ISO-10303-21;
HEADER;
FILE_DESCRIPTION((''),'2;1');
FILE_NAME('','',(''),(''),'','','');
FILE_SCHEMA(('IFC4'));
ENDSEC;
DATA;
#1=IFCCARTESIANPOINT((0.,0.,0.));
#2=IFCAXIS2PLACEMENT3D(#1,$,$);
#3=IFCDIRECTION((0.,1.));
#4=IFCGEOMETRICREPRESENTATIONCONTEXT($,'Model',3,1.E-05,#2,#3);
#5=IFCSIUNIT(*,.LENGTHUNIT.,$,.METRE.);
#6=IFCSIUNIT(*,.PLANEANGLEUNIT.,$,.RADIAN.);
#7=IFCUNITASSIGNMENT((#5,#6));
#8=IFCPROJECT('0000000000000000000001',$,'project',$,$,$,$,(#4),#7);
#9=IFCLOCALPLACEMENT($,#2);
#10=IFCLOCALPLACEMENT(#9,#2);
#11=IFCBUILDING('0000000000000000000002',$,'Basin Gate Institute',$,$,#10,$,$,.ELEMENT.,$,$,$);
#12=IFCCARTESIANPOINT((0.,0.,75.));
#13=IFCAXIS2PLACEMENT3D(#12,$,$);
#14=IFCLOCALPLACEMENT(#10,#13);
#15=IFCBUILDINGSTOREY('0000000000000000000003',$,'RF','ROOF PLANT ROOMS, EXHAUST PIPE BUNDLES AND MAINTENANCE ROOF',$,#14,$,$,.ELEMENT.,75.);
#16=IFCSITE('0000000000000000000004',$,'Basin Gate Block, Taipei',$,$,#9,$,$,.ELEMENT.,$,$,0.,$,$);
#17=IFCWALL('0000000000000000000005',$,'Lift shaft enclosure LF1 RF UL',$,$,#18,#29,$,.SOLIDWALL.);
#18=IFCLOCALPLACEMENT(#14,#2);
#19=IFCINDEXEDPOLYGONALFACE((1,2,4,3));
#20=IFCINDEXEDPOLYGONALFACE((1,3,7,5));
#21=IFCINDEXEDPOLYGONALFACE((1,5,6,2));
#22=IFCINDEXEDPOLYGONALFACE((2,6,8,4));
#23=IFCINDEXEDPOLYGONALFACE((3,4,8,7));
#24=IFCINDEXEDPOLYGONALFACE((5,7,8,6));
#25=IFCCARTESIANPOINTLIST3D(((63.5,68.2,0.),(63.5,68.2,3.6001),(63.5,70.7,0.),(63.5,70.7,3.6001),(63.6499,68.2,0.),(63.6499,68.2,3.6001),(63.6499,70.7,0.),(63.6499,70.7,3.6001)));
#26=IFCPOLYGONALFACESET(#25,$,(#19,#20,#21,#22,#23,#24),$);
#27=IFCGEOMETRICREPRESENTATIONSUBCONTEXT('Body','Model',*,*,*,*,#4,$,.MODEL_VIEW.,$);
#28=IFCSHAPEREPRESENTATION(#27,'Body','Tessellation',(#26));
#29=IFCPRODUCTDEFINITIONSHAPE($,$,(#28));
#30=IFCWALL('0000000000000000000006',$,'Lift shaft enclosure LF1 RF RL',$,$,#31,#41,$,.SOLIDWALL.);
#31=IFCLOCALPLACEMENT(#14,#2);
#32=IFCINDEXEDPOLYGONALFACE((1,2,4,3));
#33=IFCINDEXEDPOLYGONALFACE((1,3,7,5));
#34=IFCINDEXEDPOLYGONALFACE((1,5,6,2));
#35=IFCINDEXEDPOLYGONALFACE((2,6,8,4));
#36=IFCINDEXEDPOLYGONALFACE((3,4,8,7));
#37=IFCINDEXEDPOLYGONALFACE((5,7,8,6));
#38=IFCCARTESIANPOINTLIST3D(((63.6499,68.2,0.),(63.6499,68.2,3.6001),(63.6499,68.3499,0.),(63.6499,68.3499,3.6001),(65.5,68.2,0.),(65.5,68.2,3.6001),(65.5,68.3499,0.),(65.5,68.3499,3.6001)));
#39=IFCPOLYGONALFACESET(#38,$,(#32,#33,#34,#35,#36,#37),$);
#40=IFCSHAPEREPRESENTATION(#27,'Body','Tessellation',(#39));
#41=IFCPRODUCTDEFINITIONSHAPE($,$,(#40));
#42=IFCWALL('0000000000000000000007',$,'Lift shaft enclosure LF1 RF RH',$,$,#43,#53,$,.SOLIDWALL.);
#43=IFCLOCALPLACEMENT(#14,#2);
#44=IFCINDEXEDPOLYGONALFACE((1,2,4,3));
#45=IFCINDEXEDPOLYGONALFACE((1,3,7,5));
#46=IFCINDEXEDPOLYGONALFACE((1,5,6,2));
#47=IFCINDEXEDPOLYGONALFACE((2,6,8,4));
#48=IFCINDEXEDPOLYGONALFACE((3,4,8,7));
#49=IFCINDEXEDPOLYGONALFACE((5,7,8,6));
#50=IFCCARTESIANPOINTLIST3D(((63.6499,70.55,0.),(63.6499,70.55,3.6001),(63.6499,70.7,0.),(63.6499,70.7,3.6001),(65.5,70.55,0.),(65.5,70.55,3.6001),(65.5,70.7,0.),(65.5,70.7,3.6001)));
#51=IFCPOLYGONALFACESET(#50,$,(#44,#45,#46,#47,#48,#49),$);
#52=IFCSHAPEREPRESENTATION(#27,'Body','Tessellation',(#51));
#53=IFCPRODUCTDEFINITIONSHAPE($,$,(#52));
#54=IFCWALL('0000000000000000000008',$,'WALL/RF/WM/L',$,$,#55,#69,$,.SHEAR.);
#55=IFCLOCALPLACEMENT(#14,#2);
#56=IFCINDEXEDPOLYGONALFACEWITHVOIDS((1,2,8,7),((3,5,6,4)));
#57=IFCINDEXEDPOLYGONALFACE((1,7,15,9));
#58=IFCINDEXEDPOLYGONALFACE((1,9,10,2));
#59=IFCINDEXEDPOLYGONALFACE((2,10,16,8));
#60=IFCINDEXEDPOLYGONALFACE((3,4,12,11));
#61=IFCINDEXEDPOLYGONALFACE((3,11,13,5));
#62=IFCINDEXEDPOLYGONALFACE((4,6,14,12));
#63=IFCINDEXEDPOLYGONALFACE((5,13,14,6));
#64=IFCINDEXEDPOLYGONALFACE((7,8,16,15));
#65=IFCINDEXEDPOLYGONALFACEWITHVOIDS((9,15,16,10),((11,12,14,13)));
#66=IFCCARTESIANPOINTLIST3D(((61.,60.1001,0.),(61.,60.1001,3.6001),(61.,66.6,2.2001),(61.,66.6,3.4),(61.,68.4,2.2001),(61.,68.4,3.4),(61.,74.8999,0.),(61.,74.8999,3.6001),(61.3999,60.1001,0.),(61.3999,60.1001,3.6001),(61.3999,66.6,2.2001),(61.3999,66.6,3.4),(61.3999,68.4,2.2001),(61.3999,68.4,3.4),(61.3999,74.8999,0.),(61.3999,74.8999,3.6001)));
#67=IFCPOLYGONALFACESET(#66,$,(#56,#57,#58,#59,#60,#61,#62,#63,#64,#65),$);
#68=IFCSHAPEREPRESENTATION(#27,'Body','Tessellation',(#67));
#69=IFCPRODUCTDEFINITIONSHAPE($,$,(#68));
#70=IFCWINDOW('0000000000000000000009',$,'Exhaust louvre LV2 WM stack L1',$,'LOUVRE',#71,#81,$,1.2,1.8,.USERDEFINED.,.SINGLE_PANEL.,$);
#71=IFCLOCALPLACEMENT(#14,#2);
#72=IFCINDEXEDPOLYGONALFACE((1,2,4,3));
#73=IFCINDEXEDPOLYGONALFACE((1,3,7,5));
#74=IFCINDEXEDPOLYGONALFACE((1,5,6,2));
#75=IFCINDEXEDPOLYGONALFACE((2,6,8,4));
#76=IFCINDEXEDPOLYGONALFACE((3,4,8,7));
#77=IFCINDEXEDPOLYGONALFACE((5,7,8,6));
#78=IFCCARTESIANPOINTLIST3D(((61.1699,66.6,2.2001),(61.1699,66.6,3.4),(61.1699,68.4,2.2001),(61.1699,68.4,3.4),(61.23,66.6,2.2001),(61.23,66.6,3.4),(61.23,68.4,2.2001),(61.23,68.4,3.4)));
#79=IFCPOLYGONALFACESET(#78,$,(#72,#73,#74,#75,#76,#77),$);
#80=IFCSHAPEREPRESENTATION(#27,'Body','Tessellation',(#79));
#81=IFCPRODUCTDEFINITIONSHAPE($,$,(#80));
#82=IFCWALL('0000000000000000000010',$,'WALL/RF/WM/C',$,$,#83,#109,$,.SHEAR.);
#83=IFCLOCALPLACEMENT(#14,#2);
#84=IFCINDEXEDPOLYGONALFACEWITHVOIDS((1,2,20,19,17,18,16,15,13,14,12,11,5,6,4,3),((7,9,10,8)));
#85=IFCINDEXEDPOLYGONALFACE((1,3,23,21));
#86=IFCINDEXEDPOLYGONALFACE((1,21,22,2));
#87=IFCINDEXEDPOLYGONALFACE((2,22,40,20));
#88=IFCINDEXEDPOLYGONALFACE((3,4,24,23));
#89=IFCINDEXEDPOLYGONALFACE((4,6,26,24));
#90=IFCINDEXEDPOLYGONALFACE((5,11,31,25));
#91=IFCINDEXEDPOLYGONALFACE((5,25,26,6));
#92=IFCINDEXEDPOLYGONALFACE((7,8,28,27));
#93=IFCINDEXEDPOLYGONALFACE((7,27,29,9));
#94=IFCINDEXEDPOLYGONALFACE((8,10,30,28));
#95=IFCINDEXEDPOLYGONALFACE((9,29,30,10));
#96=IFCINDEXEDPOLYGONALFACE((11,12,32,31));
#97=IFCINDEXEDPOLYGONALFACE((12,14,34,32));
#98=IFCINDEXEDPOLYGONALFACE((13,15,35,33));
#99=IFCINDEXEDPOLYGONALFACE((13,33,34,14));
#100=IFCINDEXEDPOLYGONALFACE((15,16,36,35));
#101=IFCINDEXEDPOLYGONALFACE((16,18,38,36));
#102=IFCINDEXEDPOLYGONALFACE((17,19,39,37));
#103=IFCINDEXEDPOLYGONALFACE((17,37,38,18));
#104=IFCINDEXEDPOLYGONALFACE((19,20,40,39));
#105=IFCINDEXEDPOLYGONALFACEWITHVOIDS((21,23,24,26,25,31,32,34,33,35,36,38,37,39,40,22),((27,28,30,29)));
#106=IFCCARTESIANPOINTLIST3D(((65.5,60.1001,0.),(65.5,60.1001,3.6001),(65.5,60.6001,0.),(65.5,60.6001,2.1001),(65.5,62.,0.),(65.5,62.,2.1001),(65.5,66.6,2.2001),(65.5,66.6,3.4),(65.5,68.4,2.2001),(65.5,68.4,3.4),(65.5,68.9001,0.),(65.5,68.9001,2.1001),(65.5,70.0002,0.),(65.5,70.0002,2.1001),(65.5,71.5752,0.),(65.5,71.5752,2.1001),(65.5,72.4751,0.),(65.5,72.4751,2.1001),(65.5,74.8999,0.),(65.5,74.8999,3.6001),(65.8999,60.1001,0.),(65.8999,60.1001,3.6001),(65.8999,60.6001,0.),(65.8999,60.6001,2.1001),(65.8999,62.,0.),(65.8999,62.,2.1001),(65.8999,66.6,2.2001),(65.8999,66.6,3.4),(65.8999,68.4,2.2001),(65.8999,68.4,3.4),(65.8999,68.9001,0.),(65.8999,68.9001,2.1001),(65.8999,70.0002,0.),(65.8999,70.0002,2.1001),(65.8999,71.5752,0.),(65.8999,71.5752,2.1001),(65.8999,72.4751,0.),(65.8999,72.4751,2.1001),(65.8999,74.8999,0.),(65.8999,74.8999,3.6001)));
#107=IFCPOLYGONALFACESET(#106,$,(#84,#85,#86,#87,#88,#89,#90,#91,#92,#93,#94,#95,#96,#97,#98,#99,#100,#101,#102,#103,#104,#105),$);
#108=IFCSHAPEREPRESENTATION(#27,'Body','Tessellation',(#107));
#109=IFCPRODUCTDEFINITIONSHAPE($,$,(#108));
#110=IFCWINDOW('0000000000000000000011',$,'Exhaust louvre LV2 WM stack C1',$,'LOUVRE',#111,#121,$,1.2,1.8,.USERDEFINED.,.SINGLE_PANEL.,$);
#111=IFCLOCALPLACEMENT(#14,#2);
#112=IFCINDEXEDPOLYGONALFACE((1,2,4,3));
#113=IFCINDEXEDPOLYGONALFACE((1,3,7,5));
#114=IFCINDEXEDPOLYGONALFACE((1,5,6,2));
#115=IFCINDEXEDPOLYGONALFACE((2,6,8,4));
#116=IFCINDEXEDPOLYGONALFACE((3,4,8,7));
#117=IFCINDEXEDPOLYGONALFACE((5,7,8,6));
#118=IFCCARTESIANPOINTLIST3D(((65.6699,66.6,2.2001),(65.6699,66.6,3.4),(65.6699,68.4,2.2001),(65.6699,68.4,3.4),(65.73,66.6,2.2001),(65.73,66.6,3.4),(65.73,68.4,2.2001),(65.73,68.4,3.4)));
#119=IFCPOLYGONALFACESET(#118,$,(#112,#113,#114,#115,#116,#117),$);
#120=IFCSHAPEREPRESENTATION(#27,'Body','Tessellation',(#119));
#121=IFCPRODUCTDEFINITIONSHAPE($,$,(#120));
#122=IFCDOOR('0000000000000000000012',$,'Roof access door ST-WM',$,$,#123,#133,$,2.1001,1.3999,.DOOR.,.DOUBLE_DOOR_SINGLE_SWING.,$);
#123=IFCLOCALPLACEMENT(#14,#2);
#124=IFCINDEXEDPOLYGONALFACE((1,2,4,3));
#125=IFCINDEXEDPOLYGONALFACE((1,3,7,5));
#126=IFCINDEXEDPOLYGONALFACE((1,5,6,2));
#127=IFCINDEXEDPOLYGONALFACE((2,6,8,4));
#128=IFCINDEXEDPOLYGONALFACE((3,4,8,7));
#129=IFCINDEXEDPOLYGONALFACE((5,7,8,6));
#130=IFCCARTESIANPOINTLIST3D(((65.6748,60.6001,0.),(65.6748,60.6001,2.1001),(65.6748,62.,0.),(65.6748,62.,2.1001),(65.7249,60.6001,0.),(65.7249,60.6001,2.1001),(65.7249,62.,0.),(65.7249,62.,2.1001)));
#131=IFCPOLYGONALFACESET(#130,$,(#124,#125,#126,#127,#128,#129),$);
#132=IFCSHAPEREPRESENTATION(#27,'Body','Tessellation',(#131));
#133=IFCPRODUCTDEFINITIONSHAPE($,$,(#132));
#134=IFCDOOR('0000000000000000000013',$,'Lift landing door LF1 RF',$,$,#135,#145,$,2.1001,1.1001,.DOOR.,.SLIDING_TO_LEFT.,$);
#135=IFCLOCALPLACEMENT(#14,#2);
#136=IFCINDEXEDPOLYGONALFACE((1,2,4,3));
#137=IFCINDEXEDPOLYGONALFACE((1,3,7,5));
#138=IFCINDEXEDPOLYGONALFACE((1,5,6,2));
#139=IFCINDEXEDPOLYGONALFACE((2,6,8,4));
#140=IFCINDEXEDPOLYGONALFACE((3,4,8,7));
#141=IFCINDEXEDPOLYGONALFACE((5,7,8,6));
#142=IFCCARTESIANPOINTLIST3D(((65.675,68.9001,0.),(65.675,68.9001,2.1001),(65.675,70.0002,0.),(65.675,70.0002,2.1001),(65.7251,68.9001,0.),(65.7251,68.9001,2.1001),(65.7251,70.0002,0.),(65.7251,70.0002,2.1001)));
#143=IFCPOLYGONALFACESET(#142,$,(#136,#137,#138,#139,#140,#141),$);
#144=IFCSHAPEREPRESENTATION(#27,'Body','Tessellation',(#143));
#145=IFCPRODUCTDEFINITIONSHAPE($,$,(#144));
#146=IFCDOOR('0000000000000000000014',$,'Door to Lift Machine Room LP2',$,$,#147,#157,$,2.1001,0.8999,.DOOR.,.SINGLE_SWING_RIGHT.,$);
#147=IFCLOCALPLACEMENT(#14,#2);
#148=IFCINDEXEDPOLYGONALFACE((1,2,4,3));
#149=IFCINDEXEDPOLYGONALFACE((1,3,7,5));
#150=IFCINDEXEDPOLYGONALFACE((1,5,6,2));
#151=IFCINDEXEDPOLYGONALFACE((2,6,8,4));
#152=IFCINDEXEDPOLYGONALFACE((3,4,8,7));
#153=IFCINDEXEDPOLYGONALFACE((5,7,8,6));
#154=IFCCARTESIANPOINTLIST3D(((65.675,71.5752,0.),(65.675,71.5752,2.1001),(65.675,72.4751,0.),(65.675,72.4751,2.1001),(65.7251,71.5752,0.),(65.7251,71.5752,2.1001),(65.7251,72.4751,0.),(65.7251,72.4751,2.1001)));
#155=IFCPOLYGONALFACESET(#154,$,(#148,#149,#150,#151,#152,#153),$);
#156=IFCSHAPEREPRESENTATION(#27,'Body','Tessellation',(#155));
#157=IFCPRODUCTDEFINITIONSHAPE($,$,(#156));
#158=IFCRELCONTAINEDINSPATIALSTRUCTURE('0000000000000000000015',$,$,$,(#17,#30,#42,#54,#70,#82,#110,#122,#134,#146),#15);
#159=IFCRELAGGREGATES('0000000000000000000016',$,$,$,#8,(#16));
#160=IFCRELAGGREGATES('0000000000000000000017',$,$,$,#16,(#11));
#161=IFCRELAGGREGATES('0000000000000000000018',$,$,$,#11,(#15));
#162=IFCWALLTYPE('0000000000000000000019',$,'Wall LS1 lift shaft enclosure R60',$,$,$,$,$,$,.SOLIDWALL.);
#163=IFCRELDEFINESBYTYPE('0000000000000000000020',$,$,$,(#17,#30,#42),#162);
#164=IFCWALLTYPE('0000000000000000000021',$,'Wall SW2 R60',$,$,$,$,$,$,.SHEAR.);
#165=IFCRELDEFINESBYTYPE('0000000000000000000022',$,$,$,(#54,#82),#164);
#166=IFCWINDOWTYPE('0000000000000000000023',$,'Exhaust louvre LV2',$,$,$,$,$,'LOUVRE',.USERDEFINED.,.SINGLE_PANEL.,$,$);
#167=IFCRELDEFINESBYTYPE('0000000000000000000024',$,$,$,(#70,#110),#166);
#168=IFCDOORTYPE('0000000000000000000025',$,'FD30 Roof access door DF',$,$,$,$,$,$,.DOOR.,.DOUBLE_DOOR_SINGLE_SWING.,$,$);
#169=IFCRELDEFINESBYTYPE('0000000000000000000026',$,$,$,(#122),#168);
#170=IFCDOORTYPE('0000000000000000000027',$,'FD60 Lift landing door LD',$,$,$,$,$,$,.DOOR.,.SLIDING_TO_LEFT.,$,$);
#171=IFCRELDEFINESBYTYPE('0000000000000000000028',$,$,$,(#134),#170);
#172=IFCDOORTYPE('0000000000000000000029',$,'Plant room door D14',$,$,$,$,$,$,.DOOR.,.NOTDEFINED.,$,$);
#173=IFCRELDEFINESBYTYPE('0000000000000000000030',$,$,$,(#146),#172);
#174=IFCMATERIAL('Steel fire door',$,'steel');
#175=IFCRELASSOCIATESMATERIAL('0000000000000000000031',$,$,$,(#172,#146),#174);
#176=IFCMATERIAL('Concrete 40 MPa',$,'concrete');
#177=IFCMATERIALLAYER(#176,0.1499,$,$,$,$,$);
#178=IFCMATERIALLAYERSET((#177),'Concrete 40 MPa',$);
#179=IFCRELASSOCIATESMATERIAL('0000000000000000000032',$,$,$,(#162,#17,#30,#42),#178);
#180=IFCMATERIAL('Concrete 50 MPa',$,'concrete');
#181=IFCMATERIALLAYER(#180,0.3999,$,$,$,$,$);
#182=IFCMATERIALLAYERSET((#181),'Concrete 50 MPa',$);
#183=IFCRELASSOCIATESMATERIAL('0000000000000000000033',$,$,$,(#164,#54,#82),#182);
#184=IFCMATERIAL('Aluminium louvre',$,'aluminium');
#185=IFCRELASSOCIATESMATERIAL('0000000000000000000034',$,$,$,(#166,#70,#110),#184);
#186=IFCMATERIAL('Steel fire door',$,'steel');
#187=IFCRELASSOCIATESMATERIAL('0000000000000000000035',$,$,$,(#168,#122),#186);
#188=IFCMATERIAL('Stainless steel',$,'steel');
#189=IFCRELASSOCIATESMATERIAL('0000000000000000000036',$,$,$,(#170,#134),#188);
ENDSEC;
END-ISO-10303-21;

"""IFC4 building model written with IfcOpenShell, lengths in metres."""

from ifc_helpers import new_model, si_unit, direction, frame, frame_2d, origin, place, context, subcontext, project, spatial, rectangle, extrude, material, layer, layer_set, type_object, element, fill, save


model = new_model("IFC4")

# Units and contexts
model_context = context("Model", 3, precision=1e-05, world=origin(), true_north=direction((0.0, 1.0)))
body_context = subcontext(model_context, "Body", "Model", "MODEL_VIEW")
ifc_project = project(units=[si_unit("LENGTHUNIT", "METRE"), si_unit("PLANEANGLEUNIT", "RADIAN")], contexts=[model_context])

# Site, building, storey
site_placement = place(None, origin())
site = spatial("IfcSite", under=ifc_project, at=site_placement, Name="Basin Gate Block, Taipei", CompositionType="ELEMENT", RefElevation=0.0)
building_placement = place(site_placement, origin())
building = spatial("IfcBuilding", under=site, at=building_placement, Name="Basin Gate Institute", CompositionType="ELEMENT")
storey_placement = place(building_placement, frame((0.0, 0.0, 75.0)))
storey = spatial("IfcBuildingStorey", under=building, at=storey_placement, Name="RF", Description="ROOF PLANT ROOMS, EXHAUST PIPE BUNDLES AND MAINTENANCE ROOF", CompositionType="ELEMENT", Elevation=75.0)

# Shared definitions
ifc_material_1 = material(Name="Steel fire door", Category="steel")
door_type_1 = type_object("IfcDoorType", Name="Plant room door D14", OperationType="NOTDEFINED", PredefinedType="DOOR", material=ifc_material_1)

# Walls
ifc_material_2 = material(Name="Concrete 40 MPa", Category="concrete")
ifc_layer_1 = layer(ifc_material_2, 0.1499)
ifc_layer_set_1 = layer_set([ifc_layer_1], Name="Concrete 40 MPa")
wall_type_1 = type_object("IfcWallType", Name="Wall LS1 lift shaft enclosure R60", PredefinedType="SOLIDWALL", material=ifc_layer_set_1)
wall_1_placement = place(storey_placement, frame((63.575, 68.2, 0.0), z_axis=(0.0, 0.0, 1.0), x_axis=(0.0, 1.0, 0.0)))
element("IfcWall", 1, at=wall_1_placement, inside=storey, type_object=wall_type_1, material=ifc_layer_set_1, Name="Lift shaft enclosure LF1 RF UL", PredefinedType="SOLIDWALL", context=body_context, shape_type="SweptSolid", body=[
    extrude(rectangle(XDim=2.5, YDim=0.1499, at=frame_2d((1.25, 0.0))), origin(), (0.0, 0.0, 1.0), 3.6001),
])
for number, where, z_axis, x_axis, name in (
    (2, (63.6499, 68.2749, 0.0), (0.0, 0.0, 1.0), (1.0, 0.0, 0.0), "Lift shaft enclosure LF1 RF RL"),
    (3, (63.6499, 70.625, 0.0), (0.0, 0.0, 1.0), (1.0, 0.0, 0.0), "Lift shaft enclosure LF1 RF RH"),
):
    element("IfcWall", number, at=place(storey_placement, frame(where, z_axis=z_axis, x_axis=x_axis)), inside=storey, type_object=wall_type_1, material=ifc_layer_set_1, Name=name, PredefinedType="SOLIDWALL", context=body_context, shape_type="SweptSolid", body=[
        extrude(rectangle(XDim=1.8501, YDim=0.1499, at=frame_2d((0.925, 0.0))), origin(), (0.0, 0.0, 1.0), 3.6001),
    ])

# Wall, opening, window
ifc_material_3 = material(Name="Concrete 50 MPa", Category="concrete")
ifc_layer_2 = layer(ifc_material_3, 0.3999)
ifc_layer_set_2 = layer_set([ifc_layer_2], Name="Concrete 50 MPa")
wall_type_2 = type_object("IfcWallType", Name="Wall SW2 R60", PredefinedType="SHEAR", material=ifc_layer_set_2)
wall_2_placement = place(storey_placement, frame((61.2, 60.1001, 0.0), z_axis=(0.0, 0.0, 1.0), x_axis=(0.0, 1.0, 0.0)))
wall_2 = element("IfcWall", 4, at=wall_2_placement, inside=storey, type_object=wall_type_2, material=ifc_layer_set_2, Name="WALL/RF/WM/L", PredefinedType="SHEAR", context=body_context, shape_type="SweptSolid", body=[
    extrude(rectangle(XDim=14.7998, YDim=0.3999, at=frame_2d((7.3999, 0.0))), origin(), (0.0, 0.0, 1.0), 3.6001),
])
opening_1_placement = place(wall_2_placement, frame((6.5, 0.0, 2.2)))
opening_1 = element("IfcOpeningElement", 5, at=opening_1_placement, cuts=wall_2, PredefinedType="OPENING", context=body_context, shape_type="SweptSolid", body=[
    extrude(rectangle(XDim=1.8, YDim=1.2, at=frame_2d((0.8999, 0.6001))), frame((0.0, 0.21, 0.0), z_axis=(0.0, -1.0, 0.0), x_axis=(1.0, 0.0, 0.0)), (0.0, 0.0, 1.0), 0.4199),
])
ifc_material_4 = material(Name="Aluminium louvre", Category="aluminium")
window_type = type_object("IfcWindowType", Name="Exhaust louvre LV2", ElementType="LOUVRE", PartitioningType="SINGLE_PANEL", PredefinedType="USERDEFINED", material=ifc_material_4)
window_1_placement = place(opening_1_placement, origin())
window_1 = element("IfcWindow", 6, at=window_1_placement, inside=storey, type_object=window_type, material=ifc_material_4, Name="Exhaust louvre LV2 WM stack L1", ObjectType="LOUVRE", OverallHeight=1.2, OverallWidth=1.8, PartitioningType="SINGLE_PANEL", PredefinedType="USERDEFINED", context=body_context, shape_type="SweptSolid", body=[
    extrude(rectangle(XDim=1.8, YDim=1.2, at=frame_2d((0.8999, 0.6001))), frame((0.0, 0.03, 0.0), z_axis=(0.0, -1.0, 0.0), x_axis=(1.0, 0.0, 0.0)), (0.0, 0.0, 1.0), 0.0601),
])
fill(opening_1, window_1)

# Wall, openings, window, doors
wall_3_placement = place(storey_placement, frame((65.7, 60.1001, 0.0), z_axis=(0.0, 0.0, 1.0), x_axis=(0.0, 1.0, 0.0)))
wall_3 = element("IfcWall", 7, at=wall_3_placement, inside=storey, type_object=wall_type_2, material=ifc_layer_set_2, Name="WALL/RF/WM/C", PredefinedType="SHEAR", context=body_context, shape_type="SweptSolid", body=[
    extrude(rectangle(XDim=14.7998, YDim=0.3999, at=frame_2d((7.3999, 0.0))), origin(), (0.0, 0.0, 1.0), 3.6001),
])
opening_2_placement = place(wall_3_placement, frame((8.8, 0.0, 0.0)))
opening_2 = element("IfcOpeningElement", 8, at=opening_2_placement, cuts=wall_3, PredefinedType="OPENING", context=body_context, shape_type="SweptSolid", body=[
    extrude(rectangle(XDim=1.1001, YDim=2.1001, at=frame_2d((0.55, 1.05))), frame((0.0, 0.21, 0.0), z_axis=(0.0, -1.0, 0.0), x_axis=(1.0, 0.0, 0.0)), (0.0, 0.0, 1.0), 0.4199),
])
opening_3_placement = place(wall_3_placement, frame((0.5, 0.0, 0.0)))
opening_3 = element("IfcOpeningElement", 9, at=opening_3_placement, cuts=wall_3, PredefinedType="OPENING", context=body_context, shape_type="SweptSolid", body=[
    extrude(rectangle(XDim=1.3999, YDim=2.1001, at=frame_2d((0.7, 1.05))), frame((0.0, 0.21, 0.0), z_axis=(0.0, -1.0, 0.0), x_axis=(1.0, 0.0, 0.0)), (0.0, 0.0, 1.0), 0.4199),
])
opening_4_placement = place(wall_3_placement, frame((6.5, 0.0, 2.2)))
opening_4 = element("IfcOpeningElement", 10, at=opening_4_placement, cuts=wall_3, PredefinedType="OPENING", context=body_context, shape_type="SweptSolid", body=[
    extrude(rectangle(XDim=1.8, YDim=1.2, at=frame_2d((0.8999, 0.6001))), frame((0.0, 0.21, 0.0), z_axis=(0.0, -1.0, 0.0), x_axis=(1.0, 0.0, 0.0)), (0.0, 0.0, 1.0), 0.4199),
])
opening_5_placement = place(wall_3_placement, frame((11.4751, 0.0, 0.0)))
opening_5 = element("IfcOpeningElement", 11, at=opening_5_placement, cuts=wall_3, PredefinedType="OPENING", context=body_context, shape_type="SweptSolid", body=[
    extrude(rectangle(XDim=0.8999, YDim=2.1001, at=frame_2d((0.45, 1.05))), frame((0.0, 0.21, 0.0), z_axis=(0.0, -1.0, 0.0), x_axis=(1.0, 0.0, 0.0)), (0.0, 0.0, 1.0), 0.4199),
])
window_2_placement = place(opening_4_placement, origin())
window_2 = element("IfcWindow", 12, at=window_2_placement, inside=storey, type_object=window_type, material=ifc_material_4, Name="Exhaust louvre LV2 WM stack C1", ObjectType="LOUVRE", OverallHeight=1.2, OverallWidth=1.8, PartitioningType="SINGLE_PANEL", PredefinedType="USERDEFINED", context=body_context, shape_type="SweptSolid", body=[
    extrude(rectangle(XDim=1.8, YDim=1.2, at=frame_2d((0.8999, 0.6001))), frame((0.0, 0.03, 0.0), z_axis=(0.0, -1.0, 0.0), x_axis=(1.0, 0.0, 0.0)), (0.0, 0.0, 1.0), 0.0601),
])
fill(opening_4, window_2)
ifc_material_5 = material(Name="Steel fire door", Category="steel")
door_type_2 = type_object("IfcDoorType", Name="FD30 Roof access door DF", OperationType="DOUBLE_DOOR_SINGLE_SWING", PredefinedType="DOOR", material=ifc_material_5)
door_1_placement = place(opening_3_placement, frame((1.3999, 0.0, 0.0), z_axis=(0.0, 0.0, 1.0), x_axis=(-1.0, 0.0, 0.0)))
door_1 = element("IfcDoor", 13, at=door_1_placement, inside=storey, type_object=door_type_2, material=ifc_material_5, Name="Roof access door ST-WM", OperationType="DOUBLE_DOOR_SINGLE_SWING", OverallHeight=2.1001, OverallWidth=1.3999, PredefinedType="DOOR", context=body_context, shape_type="SweptSolid", body=[
    extrude(rectangle(XDim=1.3999, YDim=2.1001, at=frame_2d((0.7, 1.05))), frame((0.0, 0.0249, 0.0), z_axis=(0.0, -1.0, 0.0), x_axis=(1.0, 0.0, 0.0)), (0.0, 0.0, 1.0), 0.05),
])
fill(opening_3, door_1)
ifc_material_6 = material(Name="Stainless steel", Category="steel")
door_type_3 = type_object("IfcDoorType", Name="FD60 Lift landing door LD", OperationType="SLIDING_TO_LEFT", PredefinedType="DOOR", material=ifc_material_6)
door_2_placement = place(opening_2_placement, origin())
door_2 = element("IfcDoor", 14, at=door_2_placement, inside=storey, type_object=door_type_3, material=ifc_material_6, Name="Lift landing door LF1 RF", OperationType="SLIDING_TO_LEFT", OverallHeight=2.1001, OverallWidth=1.1001, PredefinedType="DOOR", context=body_context, shape_type="SweptSolid", body=[
    extrude(rectangle(XDim=1.1001, YDim=2.1001, at=frame_2d((0.55, 1.05))), frame((0.0, 0.0249, 0.0), z_axis=(0.0, -1.0, 0.0), x_axis=(1.0, 0.0, 0.0)), (0.0, 0.0, 1.0), 0.05),
])
fill(opening_2, door_2)
door_3_placement = place(opening_5_placement, origin())
door_3 = element("IfcDoor", 15, at=door_3_placement, inside=storey, type_object=door_type_1, material=ifc_material_1, Name="Door to Lift Machine Room LP2", OperationType="SINGLE_SWING_RIGHT", OverallHeight=2.1001, OverallWidth=0.8999, PredefinedType="DOOR", context=body_context, shape_type="SweptSolid", body=[
    extrude(rectangle(XDim=0.8999, YDim=2.1001, at=frame_2d((0.45, 1.05))), frame((0.0, 0.0249, 0.0), z_axis=(0.0, -1.0, 0.0), x_axis=(1.0, 0.0, 0.0)), (0.0, 0.0, 1.0), 0.05),
])
fill(opening_5, door_3)

save(model, "model.ifc")
